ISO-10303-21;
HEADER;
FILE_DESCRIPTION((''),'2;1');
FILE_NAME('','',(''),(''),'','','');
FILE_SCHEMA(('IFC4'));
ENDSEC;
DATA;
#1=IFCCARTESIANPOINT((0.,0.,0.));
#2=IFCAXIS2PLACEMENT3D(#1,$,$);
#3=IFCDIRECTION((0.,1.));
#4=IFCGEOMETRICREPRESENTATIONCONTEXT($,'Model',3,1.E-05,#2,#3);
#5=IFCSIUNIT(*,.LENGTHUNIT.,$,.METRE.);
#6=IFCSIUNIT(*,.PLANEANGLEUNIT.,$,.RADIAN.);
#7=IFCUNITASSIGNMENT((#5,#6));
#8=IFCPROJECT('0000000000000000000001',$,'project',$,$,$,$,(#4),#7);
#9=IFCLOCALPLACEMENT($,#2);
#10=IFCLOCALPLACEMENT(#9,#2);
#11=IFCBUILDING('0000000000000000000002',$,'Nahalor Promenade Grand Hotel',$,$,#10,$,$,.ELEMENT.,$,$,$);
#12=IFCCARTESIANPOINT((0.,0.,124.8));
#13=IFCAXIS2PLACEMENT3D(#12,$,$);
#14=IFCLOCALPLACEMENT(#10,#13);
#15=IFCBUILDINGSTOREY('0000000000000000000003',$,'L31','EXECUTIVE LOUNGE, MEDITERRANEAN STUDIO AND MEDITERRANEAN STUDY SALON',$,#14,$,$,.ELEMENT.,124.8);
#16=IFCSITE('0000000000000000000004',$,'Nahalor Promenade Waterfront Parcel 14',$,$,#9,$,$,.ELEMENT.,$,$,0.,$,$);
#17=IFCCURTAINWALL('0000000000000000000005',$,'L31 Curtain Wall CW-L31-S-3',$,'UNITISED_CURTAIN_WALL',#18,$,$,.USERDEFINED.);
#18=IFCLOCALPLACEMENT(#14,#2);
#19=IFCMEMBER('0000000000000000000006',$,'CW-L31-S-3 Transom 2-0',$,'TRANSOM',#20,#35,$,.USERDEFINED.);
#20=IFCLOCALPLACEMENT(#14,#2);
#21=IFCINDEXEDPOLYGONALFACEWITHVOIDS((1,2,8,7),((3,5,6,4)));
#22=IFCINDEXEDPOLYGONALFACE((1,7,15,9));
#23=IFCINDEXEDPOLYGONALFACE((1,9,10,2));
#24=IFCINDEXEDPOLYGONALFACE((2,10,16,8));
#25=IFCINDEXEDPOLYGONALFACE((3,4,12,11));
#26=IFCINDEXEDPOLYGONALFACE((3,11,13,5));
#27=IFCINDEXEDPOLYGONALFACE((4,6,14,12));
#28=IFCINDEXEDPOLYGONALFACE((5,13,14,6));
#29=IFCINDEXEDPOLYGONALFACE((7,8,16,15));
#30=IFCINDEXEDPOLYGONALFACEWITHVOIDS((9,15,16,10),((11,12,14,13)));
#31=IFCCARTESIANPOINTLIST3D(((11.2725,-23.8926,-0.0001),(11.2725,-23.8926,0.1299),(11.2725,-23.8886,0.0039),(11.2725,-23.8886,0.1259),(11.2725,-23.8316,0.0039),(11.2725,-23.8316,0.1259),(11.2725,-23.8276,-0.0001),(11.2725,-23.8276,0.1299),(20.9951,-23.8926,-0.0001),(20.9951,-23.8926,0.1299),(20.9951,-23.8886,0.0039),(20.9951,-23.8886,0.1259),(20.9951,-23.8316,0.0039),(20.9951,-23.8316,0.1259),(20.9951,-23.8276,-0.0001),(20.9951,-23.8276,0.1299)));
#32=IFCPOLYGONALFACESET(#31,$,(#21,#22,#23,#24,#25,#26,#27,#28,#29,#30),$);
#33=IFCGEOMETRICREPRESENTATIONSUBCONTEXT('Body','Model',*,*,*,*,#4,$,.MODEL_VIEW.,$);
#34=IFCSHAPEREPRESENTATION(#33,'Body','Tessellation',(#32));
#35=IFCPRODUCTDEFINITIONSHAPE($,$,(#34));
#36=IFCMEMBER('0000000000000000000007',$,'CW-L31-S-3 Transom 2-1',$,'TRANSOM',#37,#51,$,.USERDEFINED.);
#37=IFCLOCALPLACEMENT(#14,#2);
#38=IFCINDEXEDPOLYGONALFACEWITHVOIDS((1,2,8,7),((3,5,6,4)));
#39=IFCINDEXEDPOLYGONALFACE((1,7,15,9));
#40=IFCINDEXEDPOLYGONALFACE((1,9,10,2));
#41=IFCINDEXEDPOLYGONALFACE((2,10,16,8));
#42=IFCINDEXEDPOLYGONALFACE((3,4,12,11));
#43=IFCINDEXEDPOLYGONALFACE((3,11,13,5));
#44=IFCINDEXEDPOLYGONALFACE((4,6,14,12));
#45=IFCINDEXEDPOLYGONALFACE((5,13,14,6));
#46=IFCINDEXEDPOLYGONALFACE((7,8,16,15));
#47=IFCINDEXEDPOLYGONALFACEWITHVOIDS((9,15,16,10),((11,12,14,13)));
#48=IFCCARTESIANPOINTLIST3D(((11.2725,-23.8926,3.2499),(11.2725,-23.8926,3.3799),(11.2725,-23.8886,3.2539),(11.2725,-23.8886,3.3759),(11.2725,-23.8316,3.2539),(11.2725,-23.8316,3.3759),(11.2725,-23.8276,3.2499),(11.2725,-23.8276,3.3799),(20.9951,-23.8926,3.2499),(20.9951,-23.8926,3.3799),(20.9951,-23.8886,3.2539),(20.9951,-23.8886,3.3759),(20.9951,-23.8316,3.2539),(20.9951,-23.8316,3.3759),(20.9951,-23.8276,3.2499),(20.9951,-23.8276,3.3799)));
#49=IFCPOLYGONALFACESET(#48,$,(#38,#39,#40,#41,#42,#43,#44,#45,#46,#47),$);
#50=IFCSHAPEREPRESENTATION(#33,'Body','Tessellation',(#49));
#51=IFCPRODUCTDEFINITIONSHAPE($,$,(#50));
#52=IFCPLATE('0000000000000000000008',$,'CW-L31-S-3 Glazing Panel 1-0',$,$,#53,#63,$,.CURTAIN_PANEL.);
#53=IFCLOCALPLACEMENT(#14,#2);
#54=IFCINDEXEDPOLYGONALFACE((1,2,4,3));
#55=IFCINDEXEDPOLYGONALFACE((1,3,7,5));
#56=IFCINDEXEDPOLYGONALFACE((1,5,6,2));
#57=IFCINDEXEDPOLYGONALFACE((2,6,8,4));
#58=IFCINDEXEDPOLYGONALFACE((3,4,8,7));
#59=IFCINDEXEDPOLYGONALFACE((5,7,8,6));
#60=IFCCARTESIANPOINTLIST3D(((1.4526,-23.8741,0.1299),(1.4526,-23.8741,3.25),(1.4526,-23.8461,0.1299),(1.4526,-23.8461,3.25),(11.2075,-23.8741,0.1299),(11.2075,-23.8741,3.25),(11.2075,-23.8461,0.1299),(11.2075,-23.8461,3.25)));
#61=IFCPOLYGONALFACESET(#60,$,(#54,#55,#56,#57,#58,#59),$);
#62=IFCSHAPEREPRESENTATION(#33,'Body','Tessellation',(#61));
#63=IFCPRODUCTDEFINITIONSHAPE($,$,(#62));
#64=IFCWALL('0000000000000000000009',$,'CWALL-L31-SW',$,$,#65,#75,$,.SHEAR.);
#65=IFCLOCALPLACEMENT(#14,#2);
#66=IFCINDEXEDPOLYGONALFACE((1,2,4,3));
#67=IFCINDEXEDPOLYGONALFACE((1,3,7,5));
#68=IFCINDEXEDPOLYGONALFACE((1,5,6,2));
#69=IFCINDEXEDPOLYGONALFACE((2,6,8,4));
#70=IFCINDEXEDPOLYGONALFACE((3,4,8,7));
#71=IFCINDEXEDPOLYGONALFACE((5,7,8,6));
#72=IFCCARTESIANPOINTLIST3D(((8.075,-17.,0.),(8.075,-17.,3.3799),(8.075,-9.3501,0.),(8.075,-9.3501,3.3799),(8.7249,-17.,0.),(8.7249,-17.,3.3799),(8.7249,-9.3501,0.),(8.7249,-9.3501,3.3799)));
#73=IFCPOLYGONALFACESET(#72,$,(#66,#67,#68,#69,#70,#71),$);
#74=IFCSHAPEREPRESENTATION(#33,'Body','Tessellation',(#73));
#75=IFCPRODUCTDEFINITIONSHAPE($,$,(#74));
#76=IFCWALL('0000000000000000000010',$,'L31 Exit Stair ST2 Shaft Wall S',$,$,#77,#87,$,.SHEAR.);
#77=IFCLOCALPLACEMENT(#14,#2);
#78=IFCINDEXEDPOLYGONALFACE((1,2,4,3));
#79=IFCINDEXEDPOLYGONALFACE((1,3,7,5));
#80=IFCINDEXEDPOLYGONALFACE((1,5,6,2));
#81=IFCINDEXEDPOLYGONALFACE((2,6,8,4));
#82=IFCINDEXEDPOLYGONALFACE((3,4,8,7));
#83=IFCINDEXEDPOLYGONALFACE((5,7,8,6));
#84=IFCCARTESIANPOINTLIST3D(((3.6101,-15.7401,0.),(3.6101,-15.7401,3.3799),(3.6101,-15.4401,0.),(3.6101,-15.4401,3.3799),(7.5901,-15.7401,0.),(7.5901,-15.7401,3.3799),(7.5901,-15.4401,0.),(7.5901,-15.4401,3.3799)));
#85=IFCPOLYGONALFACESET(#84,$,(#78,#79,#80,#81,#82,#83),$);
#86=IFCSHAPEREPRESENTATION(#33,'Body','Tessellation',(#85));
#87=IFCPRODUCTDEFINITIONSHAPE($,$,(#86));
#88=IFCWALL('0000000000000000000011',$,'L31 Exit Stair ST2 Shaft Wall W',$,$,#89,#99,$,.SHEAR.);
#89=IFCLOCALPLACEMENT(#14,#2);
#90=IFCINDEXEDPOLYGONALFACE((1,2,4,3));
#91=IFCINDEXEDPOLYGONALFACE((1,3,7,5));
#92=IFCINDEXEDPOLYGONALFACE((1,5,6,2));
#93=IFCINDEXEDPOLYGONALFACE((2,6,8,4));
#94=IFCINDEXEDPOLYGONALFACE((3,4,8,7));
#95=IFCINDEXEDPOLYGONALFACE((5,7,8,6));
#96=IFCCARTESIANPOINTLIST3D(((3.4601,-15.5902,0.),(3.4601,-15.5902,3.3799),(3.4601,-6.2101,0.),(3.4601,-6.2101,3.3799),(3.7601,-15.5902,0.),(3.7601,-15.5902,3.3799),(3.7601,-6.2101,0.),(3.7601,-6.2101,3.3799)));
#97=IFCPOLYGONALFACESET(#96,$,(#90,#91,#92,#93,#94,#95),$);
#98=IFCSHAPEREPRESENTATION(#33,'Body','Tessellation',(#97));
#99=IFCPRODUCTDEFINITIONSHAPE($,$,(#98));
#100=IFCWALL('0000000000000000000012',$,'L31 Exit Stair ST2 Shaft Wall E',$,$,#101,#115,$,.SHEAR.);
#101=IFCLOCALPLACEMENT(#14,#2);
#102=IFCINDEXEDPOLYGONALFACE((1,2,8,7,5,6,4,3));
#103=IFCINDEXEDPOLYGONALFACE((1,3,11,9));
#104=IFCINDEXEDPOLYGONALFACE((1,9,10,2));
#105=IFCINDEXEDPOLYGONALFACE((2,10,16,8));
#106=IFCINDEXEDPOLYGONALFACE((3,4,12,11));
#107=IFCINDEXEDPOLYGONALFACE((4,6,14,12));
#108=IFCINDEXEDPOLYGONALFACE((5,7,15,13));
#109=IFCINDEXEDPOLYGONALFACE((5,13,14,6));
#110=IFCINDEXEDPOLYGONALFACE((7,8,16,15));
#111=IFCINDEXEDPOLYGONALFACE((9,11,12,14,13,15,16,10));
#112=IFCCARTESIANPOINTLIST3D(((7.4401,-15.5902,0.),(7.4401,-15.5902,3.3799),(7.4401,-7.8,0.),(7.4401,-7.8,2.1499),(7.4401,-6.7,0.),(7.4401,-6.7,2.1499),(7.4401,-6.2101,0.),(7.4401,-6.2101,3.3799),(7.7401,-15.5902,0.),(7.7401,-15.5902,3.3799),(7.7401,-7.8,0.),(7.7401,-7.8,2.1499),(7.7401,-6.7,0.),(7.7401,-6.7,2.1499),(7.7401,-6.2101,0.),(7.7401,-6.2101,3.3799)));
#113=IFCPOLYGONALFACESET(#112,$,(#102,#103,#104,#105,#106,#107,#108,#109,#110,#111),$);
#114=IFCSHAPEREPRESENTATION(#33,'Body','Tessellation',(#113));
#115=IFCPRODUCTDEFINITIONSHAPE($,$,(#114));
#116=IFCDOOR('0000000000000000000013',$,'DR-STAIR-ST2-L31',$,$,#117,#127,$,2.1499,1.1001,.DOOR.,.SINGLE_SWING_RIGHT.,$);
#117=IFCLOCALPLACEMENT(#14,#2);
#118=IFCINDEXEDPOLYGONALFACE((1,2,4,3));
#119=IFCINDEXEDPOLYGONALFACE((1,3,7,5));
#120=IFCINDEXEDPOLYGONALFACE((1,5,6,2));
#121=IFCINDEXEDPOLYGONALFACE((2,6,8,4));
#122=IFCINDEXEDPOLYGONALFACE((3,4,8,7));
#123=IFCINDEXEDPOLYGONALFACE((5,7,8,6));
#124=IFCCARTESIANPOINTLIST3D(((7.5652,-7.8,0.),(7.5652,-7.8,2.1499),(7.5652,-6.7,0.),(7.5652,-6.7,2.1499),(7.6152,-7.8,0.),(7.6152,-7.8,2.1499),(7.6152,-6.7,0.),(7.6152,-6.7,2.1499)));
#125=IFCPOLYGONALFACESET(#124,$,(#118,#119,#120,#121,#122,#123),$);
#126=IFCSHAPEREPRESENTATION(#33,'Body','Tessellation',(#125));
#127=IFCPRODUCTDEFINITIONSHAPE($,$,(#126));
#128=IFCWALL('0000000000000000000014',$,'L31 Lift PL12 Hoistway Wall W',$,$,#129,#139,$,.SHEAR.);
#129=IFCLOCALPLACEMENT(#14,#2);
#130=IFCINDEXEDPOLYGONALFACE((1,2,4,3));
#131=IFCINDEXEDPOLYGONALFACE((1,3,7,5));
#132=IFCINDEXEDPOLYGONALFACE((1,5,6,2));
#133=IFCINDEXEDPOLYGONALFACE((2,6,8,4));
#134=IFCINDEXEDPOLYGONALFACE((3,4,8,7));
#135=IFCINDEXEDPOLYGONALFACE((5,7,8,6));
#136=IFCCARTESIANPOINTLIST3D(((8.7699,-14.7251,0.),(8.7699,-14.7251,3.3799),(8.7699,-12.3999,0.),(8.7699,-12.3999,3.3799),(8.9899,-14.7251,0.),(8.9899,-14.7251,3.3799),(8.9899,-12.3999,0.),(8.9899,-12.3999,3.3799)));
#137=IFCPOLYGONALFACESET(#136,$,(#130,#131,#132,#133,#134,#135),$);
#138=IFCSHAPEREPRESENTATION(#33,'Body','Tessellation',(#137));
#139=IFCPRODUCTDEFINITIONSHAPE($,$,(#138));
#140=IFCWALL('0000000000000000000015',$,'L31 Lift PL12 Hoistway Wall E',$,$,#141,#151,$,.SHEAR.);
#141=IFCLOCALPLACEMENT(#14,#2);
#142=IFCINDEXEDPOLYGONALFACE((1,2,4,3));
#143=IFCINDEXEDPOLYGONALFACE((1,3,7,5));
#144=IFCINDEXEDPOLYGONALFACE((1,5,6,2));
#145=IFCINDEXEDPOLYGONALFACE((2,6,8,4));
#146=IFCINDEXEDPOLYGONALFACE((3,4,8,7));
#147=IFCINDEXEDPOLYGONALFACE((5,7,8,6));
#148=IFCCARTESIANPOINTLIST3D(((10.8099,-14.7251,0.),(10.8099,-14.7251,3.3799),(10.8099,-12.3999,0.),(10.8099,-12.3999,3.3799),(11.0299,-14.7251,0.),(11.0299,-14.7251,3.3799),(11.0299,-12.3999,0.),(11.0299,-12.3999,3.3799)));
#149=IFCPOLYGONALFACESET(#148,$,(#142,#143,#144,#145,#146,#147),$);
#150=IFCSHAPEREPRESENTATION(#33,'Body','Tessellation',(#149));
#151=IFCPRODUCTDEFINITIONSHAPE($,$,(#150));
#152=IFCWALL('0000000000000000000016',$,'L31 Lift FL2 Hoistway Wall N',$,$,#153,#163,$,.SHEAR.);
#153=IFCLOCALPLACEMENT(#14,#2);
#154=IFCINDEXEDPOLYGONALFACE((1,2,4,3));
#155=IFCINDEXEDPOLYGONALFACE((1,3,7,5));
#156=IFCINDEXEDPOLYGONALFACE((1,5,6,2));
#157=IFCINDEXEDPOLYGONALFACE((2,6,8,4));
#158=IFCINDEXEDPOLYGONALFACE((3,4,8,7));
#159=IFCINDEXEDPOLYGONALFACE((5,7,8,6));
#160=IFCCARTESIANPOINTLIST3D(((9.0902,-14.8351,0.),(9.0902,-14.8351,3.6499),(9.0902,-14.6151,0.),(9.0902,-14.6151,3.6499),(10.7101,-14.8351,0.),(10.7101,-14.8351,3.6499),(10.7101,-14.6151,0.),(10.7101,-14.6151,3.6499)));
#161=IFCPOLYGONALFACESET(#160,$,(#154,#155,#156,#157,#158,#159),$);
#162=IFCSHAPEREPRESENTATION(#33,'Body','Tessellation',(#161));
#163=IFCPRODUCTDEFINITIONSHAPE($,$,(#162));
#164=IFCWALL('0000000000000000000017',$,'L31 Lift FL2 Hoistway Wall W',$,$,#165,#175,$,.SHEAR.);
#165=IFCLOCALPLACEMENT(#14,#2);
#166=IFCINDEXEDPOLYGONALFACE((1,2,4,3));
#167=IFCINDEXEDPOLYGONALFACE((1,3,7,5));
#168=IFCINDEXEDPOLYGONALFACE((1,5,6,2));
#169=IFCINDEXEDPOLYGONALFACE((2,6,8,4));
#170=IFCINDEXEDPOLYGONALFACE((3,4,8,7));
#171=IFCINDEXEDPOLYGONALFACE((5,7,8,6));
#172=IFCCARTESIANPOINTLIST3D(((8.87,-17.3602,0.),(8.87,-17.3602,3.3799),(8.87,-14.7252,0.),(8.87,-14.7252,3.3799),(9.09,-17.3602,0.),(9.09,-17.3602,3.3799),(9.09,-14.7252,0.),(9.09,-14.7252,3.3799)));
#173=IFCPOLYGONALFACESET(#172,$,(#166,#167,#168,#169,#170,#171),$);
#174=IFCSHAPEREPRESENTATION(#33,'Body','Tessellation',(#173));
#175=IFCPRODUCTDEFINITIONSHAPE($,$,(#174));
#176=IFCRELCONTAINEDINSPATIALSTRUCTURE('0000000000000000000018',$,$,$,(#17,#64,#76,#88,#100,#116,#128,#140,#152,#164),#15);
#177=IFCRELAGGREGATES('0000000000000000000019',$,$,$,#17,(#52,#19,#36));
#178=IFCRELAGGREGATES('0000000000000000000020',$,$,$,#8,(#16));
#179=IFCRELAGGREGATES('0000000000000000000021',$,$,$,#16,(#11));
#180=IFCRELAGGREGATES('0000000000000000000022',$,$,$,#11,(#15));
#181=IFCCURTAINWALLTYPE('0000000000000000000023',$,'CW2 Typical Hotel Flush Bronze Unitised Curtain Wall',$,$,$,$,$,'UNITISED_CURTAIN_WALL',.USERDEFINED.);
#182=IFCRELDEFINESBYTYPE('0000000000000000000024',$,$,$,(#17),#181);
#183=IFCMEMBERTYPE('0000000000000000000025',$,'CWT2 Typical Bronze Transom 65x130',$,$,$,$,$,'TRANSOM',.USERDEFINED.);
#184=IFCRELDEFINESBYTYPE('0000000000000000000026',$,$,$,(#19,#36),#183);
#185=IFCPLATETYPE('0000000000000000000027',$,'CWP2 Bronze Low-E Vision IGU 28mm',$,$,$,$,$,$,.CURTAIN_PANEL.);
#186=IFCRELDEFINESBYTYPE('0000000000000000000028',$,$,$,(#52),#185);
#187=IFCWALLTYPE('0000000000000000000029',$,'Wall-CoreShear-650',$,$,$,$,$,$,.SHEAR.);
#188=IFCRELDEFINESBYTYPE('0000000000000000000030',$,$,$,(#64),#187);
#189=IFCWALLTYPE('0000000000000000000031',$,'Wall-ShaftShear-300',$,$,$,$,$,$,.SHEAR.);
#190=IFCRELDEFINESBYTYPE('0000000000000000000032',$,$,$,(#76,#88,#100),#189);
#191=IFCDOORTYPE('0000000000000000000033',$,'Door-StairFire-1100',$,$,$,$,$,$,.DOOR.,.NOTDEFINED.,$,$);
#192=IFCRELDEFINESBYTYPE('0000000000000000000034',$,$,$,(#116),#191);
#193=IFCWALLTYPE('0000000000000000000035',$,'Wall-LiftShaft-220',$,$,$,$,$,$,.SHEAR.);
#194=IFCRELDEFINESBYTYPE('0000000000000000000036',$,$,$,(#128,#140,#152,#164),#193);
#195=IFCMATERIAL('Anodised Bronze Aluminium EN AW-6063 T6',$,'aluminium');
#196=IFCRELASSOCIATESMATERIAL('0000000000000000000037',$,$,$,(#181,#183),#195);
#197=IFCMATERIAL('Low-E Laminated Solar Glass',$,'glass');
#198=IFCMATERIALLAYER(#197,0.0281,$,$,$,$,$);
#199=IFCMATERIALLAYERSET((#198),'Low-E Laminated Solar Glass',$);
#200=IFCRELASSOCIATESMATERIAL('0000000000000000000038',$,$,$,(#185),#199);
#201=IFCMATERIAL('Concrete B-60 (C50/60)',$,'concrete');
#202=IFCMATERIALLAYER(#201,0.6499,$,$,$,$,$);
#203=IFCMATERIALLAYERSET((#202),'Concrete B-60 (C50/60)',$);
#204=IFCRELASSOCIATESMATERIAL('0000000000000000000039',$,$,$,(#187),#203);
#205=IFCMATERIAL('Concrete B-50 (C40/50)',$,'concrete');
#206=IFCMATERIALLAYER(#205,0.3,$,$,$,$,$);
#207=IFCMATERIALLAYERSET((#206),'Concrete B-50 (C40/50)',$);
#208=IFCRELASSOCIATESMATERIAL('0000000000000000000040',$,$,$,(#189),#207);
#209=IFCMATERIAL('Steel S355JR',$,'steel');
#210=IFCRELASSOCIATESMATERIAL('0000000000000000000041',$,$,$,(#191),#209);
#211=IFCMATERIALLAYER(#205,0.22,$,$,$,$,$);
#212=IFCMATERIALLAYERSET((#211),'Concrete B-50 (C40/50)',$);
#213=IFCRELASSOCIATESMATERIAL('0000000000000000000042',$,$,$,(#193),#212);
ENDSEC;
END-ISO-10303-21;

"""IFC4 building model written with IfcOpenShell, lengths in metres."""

from ifc_helpers import new_model, si_unit, direction, frame, frame_2d, origin, origin_2d, place, context, subcontext, project, spatial, rectangle, hollow_rectangle, extrude, source, transform, mapped, material, layer, layer_set, material_profile, profile_set, type_object, element, fill, aggregate, save


model = new_model("IFC4")

# Units and contexts
model_context = context("Model", 3, precision=1e-05, world=origin(), true_north=direction((0.0, 1.0)))
body_context = subcontext(model_context, "Body", "Model", "MODEL_VIEW")
ifc_project = project(units=[si_unit("LENGTHUNIT", "METRE"), si_unit("PLANEANGLEUNIT", "RADIAN")], contexts=[model_context])

# Site, building, storey
site_placement = place(None, origin())
site = spatial("IfcSite", under=ifc_project, at=site_placement, Name="Nahalor Promenade Waterfront Parcel 14", CompositionType="ELEMENT", RefElevation=0.0)
building_placement = place(site_placement, origin())
building = spatial("IfcBuilding", under=site, at=building_placement, Name="Nahalor Promenade Grand Hotel", CompositionType="ELEMENT")
storey_placement = place(building_placement, frame((0.0, 0.0, 124.8)))
storey = spatial("IfcBuildingStorey", under=building, at=storey_placement, Name="L31", Description="EXECUTIVE LOUNGE, MEDITERRANEAN STUDIO AND MEDITERRANEAN STUDY SALON", CompositionType="ELEMENT", Elevation=124.8)

# Shared definitions
ifc_material_1 = material(Name="Concrete B-60 (C50/60)", Category="concrete")

# Shared definitions
ifc_material_2 = material(Name="Steel S355JR", Category="steel")

# Curtain wall, members, plate
ifc_material_3 = material(Name="Anodised Bronze Aluminium EN AW-6063 T6", Category="aluminium")
curtain_wall_type = type_object("IfcCurtainWallType", Name="CW2 Typical Hotel Flush Bronze Unitised Curtain Wall", ElementType="UNITISED_CURTAIN_WALL", PredefinedType="USERDEFINED", material=ifc_material_3)
curtain_wall_placement = place(storey_placement, origin())
curtain_wall = element("IfcCurtainWall", 1, at=curtain_wall_placement, inside=storey, type_object=curtain_wall_type, Name="L31 Curtain Wall CW-L31-S-3", ObjectType="UNITISED_CURTAIN_WALL", PredefinedType="USERDEFINED")
ifc_material_profile_1 = material_profile(ifc_material_3, hollow_rectangle(XDim=0.065, YDim=0.13, WallThickness=0.004, at=origin_2d()), Name="CWT 65x130x4")
ifc_profile_set_1 = profile_set([ifc_material_profile_1], Name="Anodised Bronze Aluminium EN AW-6063 T6")
member_type_1 = type_object("IfcMemberType", Name="CWT2 Typical Bronze Transom 65x130", ElementType="TRANSOM", PredefinedType="USERDEFINED", material=ifc_profile_set_1)
shared_shape_1 = source(origin(), body_context, "Body", "SweptSolid", [
    extrude(hollow_rectangle(XDim=0.065, YDim=0.13, WallThickness=0.004, at=origin_2d()), origin(), (0.0, 0.0, 1.0), 9.7227),
])
member_1_placement = place(storey_placement, frame((11.2725, -23.8601, 0.0649), z_axis=(1.0, 0.0, 0.0), x_axis=(0.0, 1.0, 0.0)))
member_1 = element("IfcMember", 2, at=member_1_placement, type_object=member_type_1, Name="CW-L31-S-3 Transom 2-0", ObjectType="TRANSOM", PredefinedType="USERDEFINED", context=body_context, shape_type="MappedRepresentation", body=[
    mapped(shared_shape_1, transform((0.0, 0.0, 0.0), scale=1.0)),
])
member_2_placement = place(storey_placement, frame((11.2725, -23.8601, 3.3149), z_axis=(1.0, 0.0, 0.0), x_axis=(0.0, 1.0, 0.0)))
member_2 = element("IfcMember", 3, at=member_2_placement, type_object=member_type_1, Name="CW-L31-S-3 Transom 2-1", ObjectType="TRANSOM", PredefinedType="USERDEFINED", context=body_context, shape_type="MappedRepresentation", body=[
    mapped(shared_shape_1, transform((0.0, 0.0, 0.0), scale=1.0)),
])
ifc_material_4 = material(Name="Low-E Laminated Solar Glass", Category="glass")
ifc_layer_1 = layer(ifc_material_4, 0.0281)
ifc_layer_set_1 = layer_set([ifc_layer_1], Name="Low-E Laminated Solar Glass")
plate_type = type_object("IfcPlateType", Name="CWP2 Bronze Low-E Vision IGU 28mm", PredefinedType="CURTAIN_PANEL", material=ifc_layer_set_1)
shared_shape_2 = source(origin(), body_context, "Body", "SweptSolid", [
    extrude(rectangle(XDim=9.7549, YDim=0.0281, at=origin_2d()), origin(), (0.0, 0.0, 1.0), 3.1201),
])
plate_placement = place(storey_placement, frame((6.3301, -23.8601, 0.1299), z_axis=(0.0, 0.0, 1.0), x_axis=(1.0, 0.0, 0.0)))
plate = element("IfcPlate", 4, at=plate_placement, type_object=plate_type, Name="CW-L31-S-3 Glazing Panel 1-0", PredefinedType="CURTAIN_PANEL", context=body_context, shape_type="MappedRepresentation", body=[
    mapped(shared_shape_2, transform((0.0, 0.0, 0.0), scale=1.0)),
])
aggregate(curtain_wall, [plate, member_1, member_2])

# Walls
ifc_layer_2 = layer(ifc_material_1, 0.6499)
ifc_layer_set_2 = layer_set([ifc_layer_2], Name="Concrete B-60 (C50/60)")
wall_type_1 = type_object("IfcWallType", Name="Wall-CoreShear-650", PredefinedType="SHEAR", material=ifc_layer_set_2)
shared_shape_3 = source(origin(), body_context, "Body", "SweptSolid", [
    extrude(rectangle(XDim=7.6499, YDim=0.6499, at=frame_2d((3.825, 0.0))), origin(), (0.0, 0.0, 1.0), 3.3799),
])
wall_1_placement = place(storey_placement, frame((8.3999, -17.0, 0.0), z_axis=(0.0, 0.0, 1.0), x_axis=(0.0, 1.0, 0.0)))
element("IfcWall", 5, at=wall_1_placement, inside=storey, type_object=wall_type_1, Name="CWALL-L31-SW", PredefinedType="SHEAR", context=body_context, shape_type="MappedRepresentation", body=[
    mapped(shared_shape_3, transform((0.0, 0.0, 0.0), scale=1.0)),
])
ifc_material_5 = material(Name="Concrete B-50 (C40/50)", Category="concrete")
ifc_layer_3 = layer(ifc_material_5, 0.3)
ifc_layer_set_3 = layer_set([ifc_layer_3], Name="Concrete B-50 (C40/50)")
wall_type_2 = type_object("IfcWallType", Name="Wall-ShaftShear-300", PredefinedType="SHEAR", material=ifc_layer_set_3)
shared_shape_4 = source(origin(), body_context, "Body", "SweptSolid", [
    extrude(rectangle(XDim=3.98, YDim=0.3, at=frame_2d((1.99, 0.0))), origin(), (0.0, 0.0, 1.0), 3.3799),
])
wall_2_placement = place(storey_placement, frame((3.6101, -15.5901, 0.0), z_axis=(0.0, 0.0, 1.0), x_axis=(1.0, 0.0, 0.0)))
element("IfcWall", 6, at=wall_2_placement, inside=storey, type_object=wall_type_2, Name="L31 Exit Stair ST2 Shaft Wall S", PredefinedType="SHEAR", context=body_context, shape_type="MappedRepresentation", body=[
    mapped(shared_shape_4, transform((0.0, 0.0, 0.0), scale=1.0)),
])
shared_shape_5 = source(origin(), body_context, "Body", "SweptSolid", [
    extrude(rectangle(XDim=9.3801, YDim=0.3, at=frame_2d((4.6899, 0.0))), origin(), (0.0, 0.0, 1.0), 3.3799),
])
wall_3_placement = place(storey_placement, frame((3.6101, -15.5901, 0.0), z_axis=(0.0, 0.0, 1.0), x_axis=(0.0, 1.0, 0.0)))
element("IfcWall", 7, at=wall_3_placement, inside=storey, type_object=wall_type_2, Name="L31 Exit Stair ST2 Shaft Wall W", PredefinedType="SHEAR", context=body_context, shape_type="MappedRepresentation", body=[
    mapped(shared_shape_5, transform((0.0, 0.0, 0.0), scale=1.0)),
])

# Wall, opening, door
wall_4_placement = place(storey_placement, frame((7.5901, -15.5901, 0.0), z_axis=(0.0, 0.0, 1.0), x_axis=(0.0, 1.0, 0.0)))
wall_4 = element("IfcWall", 8, at=wall_4_placement, inside=storey, type_object=wall_type_2, Name="L31 Exit Stair ST2 Shaft Wall E", PredefinedType="SHEAR", context=body_context, shape_type="MappedRepresentation", body=[
    mapped(shared_shape_5, transform((0.0, 0.0, 0.0), scale=1.0)),
])
opening_1_placement = place(wall_4_placement, frame((7.79, 0.0, 0.0)))
opening_1 = element("IfcOpeningElement", 9, at=opening_1_placement, cuts=wall_4, PredefinedType="OPENING", context=body_context, shape_type="SweptSolid", body=[
    extrude(rectangle(XDim=1.1001, YDim=2.1499, at=frame_2d((0.55, 1.075))), frame((0.0, 0.1599, 0.0), z_axis=(0.0, -1.0, 0.0), x_axis=(1.0, 0.0, 0.0)), (0.0, 0.0, 1.0), 0.3201),
])
door_type_1 = type_object("IfcDoorType", Name="Door-StairFire-1100", OperationType="NOTDEFINED", PredefinedType="DOOR", material=ifc_material_2)
shared_shape_6 = source(origin(), body_context, "Body", "SweptSolid", [
    extrude(rectangle(XDim=1.1001, YDim=2.1499, at=frame_2d((0.55, 1.075))), frame((0.0, 0.0249, 0.0), z_axis=(0.0, -1.0, 0.0), x_axis=(1.0, 0.0, 0.0)), (0.0, 0.0, 1.0), 0.05),
])
door_1_placement = place(opening_1_placement, origin())
door_1 = element("IfcDoor", 10, at=door_1_placement, inside=storey, type_object=door_type_1, Name="DR-STAIR-ST2-L31", OperationType="SINGLE_SWING_RIGHT", OverallHeight=2.1499, OverallWidth=1.1001, PredefinedType="DOOR", context=body_context, shape_type="MappedRepresentation", body=[
    mapped(shared_shape_6, transform((0.0, 0.0, 0.0), scale=1.0)),
])
fill(opening_1, door_1)

# Walls
ifc_layer_4 = layer(ifc_material_5, 0.22)
ifc_layer_set_4 = layer_set([ifc_layer_4], Name="Concrete B-50 (C40/50)")
wall_type_3 = type_object("IfcWallType", Name="Wall-LiftShaft-220", PredefinedType="SHEAR", material=ifc_layer_set_4)
shared_shape_7 = source(origin(), body_context, "Body", "SweptSolid", [
    extrude(rectangle(XDim=2.3252, YDim=0.22, at=frame_2d((1.1626, 0.0))), origin(), (0.0, 0.0, 1.0), 3.3799),
])
for number, where, z_axis, x_axis, name in (
    (11, (8.8799, -14.7251, 0.0), (0.0, 0.0, 1.0), (0.0, 1.0, 0.0), "L31 Lift PL12 Hoistway Wall W"),
    (12, (10.9199, -14.7251, 0.0), (0.0, 0.0, 1.0), (0.0, 1.0, 0.0), "L31 Lift PL12 Hoistway Wall E"),
):
    element("IfcWall", number, at=place(storey_placement, frame(where, z_axis=z_axis, x_axis=x_axis)), inside=storey, type_object=wall_type_3, Name=name, PredefinedType="SHEAR", context=body_context, shape_type="MappedRepresentation", body=[
        mapped(shared_shape_7, transform((0.0, 0.0, 0.0), scale=1.0)),
    ])
shared_shape_8 = source(origin(), body_context, "Body", "SweptSolid", [
    extrude(rectangle(XDim=1.6199, YDim=0.22, at=frame_2d((0.8101, 0.0))), origin(), (0.0, 0.0, 1.0), 3.6499),
])
wall_5_placement = place(storey_placement, frame((9.0901, -14.7251, 0.0), z_axis=(0.0, 0.0, 1.0), x_axis=(1.0, 0.0, 0.0)))
element("IfcWall", 13, at=wall_5_placement, inside=storey, type_object=wall_type_3, Name="L31 Lift FL2 Hoistway Wall N", PredefinedType="SHEAR", context=body_context, shape_type="MappedRepresentation", body=[
    mapped(shared_shape_8, transform((0.0, 0.0, 0.0), scale=1.0)),
])
shared_shape_9 = source(origin(), body_context, "Body", "SweptSolid", [
    extrude(rectangle(XDim=2.635, YDim=0.22, at=frame_2d((1.3174, 0.0))), origin(), (0.0, 0.0, 1.0), 3.3799),
])
wall_6_placement = place(storey_placement, frame((8.98, -17.3601, 0.0), z_axis=(0.0, 0.0, 1.0), x_axis=(0.0, 1.0, 0.0)))
element("IfcWall", 14, at=wall_6_placement, inside=storey, type_object=wall_type_3, Name="L31 Lift FL2 Hoistway Wall W", PredefinedType="SHEAR", context=body_context, shape_type="MappedRepresentation", body=[
    mapped(shared_shape_9, transform((0.0, 0.0, 0.0), scale=1.0)),
])

save(model, "model.ifc")
